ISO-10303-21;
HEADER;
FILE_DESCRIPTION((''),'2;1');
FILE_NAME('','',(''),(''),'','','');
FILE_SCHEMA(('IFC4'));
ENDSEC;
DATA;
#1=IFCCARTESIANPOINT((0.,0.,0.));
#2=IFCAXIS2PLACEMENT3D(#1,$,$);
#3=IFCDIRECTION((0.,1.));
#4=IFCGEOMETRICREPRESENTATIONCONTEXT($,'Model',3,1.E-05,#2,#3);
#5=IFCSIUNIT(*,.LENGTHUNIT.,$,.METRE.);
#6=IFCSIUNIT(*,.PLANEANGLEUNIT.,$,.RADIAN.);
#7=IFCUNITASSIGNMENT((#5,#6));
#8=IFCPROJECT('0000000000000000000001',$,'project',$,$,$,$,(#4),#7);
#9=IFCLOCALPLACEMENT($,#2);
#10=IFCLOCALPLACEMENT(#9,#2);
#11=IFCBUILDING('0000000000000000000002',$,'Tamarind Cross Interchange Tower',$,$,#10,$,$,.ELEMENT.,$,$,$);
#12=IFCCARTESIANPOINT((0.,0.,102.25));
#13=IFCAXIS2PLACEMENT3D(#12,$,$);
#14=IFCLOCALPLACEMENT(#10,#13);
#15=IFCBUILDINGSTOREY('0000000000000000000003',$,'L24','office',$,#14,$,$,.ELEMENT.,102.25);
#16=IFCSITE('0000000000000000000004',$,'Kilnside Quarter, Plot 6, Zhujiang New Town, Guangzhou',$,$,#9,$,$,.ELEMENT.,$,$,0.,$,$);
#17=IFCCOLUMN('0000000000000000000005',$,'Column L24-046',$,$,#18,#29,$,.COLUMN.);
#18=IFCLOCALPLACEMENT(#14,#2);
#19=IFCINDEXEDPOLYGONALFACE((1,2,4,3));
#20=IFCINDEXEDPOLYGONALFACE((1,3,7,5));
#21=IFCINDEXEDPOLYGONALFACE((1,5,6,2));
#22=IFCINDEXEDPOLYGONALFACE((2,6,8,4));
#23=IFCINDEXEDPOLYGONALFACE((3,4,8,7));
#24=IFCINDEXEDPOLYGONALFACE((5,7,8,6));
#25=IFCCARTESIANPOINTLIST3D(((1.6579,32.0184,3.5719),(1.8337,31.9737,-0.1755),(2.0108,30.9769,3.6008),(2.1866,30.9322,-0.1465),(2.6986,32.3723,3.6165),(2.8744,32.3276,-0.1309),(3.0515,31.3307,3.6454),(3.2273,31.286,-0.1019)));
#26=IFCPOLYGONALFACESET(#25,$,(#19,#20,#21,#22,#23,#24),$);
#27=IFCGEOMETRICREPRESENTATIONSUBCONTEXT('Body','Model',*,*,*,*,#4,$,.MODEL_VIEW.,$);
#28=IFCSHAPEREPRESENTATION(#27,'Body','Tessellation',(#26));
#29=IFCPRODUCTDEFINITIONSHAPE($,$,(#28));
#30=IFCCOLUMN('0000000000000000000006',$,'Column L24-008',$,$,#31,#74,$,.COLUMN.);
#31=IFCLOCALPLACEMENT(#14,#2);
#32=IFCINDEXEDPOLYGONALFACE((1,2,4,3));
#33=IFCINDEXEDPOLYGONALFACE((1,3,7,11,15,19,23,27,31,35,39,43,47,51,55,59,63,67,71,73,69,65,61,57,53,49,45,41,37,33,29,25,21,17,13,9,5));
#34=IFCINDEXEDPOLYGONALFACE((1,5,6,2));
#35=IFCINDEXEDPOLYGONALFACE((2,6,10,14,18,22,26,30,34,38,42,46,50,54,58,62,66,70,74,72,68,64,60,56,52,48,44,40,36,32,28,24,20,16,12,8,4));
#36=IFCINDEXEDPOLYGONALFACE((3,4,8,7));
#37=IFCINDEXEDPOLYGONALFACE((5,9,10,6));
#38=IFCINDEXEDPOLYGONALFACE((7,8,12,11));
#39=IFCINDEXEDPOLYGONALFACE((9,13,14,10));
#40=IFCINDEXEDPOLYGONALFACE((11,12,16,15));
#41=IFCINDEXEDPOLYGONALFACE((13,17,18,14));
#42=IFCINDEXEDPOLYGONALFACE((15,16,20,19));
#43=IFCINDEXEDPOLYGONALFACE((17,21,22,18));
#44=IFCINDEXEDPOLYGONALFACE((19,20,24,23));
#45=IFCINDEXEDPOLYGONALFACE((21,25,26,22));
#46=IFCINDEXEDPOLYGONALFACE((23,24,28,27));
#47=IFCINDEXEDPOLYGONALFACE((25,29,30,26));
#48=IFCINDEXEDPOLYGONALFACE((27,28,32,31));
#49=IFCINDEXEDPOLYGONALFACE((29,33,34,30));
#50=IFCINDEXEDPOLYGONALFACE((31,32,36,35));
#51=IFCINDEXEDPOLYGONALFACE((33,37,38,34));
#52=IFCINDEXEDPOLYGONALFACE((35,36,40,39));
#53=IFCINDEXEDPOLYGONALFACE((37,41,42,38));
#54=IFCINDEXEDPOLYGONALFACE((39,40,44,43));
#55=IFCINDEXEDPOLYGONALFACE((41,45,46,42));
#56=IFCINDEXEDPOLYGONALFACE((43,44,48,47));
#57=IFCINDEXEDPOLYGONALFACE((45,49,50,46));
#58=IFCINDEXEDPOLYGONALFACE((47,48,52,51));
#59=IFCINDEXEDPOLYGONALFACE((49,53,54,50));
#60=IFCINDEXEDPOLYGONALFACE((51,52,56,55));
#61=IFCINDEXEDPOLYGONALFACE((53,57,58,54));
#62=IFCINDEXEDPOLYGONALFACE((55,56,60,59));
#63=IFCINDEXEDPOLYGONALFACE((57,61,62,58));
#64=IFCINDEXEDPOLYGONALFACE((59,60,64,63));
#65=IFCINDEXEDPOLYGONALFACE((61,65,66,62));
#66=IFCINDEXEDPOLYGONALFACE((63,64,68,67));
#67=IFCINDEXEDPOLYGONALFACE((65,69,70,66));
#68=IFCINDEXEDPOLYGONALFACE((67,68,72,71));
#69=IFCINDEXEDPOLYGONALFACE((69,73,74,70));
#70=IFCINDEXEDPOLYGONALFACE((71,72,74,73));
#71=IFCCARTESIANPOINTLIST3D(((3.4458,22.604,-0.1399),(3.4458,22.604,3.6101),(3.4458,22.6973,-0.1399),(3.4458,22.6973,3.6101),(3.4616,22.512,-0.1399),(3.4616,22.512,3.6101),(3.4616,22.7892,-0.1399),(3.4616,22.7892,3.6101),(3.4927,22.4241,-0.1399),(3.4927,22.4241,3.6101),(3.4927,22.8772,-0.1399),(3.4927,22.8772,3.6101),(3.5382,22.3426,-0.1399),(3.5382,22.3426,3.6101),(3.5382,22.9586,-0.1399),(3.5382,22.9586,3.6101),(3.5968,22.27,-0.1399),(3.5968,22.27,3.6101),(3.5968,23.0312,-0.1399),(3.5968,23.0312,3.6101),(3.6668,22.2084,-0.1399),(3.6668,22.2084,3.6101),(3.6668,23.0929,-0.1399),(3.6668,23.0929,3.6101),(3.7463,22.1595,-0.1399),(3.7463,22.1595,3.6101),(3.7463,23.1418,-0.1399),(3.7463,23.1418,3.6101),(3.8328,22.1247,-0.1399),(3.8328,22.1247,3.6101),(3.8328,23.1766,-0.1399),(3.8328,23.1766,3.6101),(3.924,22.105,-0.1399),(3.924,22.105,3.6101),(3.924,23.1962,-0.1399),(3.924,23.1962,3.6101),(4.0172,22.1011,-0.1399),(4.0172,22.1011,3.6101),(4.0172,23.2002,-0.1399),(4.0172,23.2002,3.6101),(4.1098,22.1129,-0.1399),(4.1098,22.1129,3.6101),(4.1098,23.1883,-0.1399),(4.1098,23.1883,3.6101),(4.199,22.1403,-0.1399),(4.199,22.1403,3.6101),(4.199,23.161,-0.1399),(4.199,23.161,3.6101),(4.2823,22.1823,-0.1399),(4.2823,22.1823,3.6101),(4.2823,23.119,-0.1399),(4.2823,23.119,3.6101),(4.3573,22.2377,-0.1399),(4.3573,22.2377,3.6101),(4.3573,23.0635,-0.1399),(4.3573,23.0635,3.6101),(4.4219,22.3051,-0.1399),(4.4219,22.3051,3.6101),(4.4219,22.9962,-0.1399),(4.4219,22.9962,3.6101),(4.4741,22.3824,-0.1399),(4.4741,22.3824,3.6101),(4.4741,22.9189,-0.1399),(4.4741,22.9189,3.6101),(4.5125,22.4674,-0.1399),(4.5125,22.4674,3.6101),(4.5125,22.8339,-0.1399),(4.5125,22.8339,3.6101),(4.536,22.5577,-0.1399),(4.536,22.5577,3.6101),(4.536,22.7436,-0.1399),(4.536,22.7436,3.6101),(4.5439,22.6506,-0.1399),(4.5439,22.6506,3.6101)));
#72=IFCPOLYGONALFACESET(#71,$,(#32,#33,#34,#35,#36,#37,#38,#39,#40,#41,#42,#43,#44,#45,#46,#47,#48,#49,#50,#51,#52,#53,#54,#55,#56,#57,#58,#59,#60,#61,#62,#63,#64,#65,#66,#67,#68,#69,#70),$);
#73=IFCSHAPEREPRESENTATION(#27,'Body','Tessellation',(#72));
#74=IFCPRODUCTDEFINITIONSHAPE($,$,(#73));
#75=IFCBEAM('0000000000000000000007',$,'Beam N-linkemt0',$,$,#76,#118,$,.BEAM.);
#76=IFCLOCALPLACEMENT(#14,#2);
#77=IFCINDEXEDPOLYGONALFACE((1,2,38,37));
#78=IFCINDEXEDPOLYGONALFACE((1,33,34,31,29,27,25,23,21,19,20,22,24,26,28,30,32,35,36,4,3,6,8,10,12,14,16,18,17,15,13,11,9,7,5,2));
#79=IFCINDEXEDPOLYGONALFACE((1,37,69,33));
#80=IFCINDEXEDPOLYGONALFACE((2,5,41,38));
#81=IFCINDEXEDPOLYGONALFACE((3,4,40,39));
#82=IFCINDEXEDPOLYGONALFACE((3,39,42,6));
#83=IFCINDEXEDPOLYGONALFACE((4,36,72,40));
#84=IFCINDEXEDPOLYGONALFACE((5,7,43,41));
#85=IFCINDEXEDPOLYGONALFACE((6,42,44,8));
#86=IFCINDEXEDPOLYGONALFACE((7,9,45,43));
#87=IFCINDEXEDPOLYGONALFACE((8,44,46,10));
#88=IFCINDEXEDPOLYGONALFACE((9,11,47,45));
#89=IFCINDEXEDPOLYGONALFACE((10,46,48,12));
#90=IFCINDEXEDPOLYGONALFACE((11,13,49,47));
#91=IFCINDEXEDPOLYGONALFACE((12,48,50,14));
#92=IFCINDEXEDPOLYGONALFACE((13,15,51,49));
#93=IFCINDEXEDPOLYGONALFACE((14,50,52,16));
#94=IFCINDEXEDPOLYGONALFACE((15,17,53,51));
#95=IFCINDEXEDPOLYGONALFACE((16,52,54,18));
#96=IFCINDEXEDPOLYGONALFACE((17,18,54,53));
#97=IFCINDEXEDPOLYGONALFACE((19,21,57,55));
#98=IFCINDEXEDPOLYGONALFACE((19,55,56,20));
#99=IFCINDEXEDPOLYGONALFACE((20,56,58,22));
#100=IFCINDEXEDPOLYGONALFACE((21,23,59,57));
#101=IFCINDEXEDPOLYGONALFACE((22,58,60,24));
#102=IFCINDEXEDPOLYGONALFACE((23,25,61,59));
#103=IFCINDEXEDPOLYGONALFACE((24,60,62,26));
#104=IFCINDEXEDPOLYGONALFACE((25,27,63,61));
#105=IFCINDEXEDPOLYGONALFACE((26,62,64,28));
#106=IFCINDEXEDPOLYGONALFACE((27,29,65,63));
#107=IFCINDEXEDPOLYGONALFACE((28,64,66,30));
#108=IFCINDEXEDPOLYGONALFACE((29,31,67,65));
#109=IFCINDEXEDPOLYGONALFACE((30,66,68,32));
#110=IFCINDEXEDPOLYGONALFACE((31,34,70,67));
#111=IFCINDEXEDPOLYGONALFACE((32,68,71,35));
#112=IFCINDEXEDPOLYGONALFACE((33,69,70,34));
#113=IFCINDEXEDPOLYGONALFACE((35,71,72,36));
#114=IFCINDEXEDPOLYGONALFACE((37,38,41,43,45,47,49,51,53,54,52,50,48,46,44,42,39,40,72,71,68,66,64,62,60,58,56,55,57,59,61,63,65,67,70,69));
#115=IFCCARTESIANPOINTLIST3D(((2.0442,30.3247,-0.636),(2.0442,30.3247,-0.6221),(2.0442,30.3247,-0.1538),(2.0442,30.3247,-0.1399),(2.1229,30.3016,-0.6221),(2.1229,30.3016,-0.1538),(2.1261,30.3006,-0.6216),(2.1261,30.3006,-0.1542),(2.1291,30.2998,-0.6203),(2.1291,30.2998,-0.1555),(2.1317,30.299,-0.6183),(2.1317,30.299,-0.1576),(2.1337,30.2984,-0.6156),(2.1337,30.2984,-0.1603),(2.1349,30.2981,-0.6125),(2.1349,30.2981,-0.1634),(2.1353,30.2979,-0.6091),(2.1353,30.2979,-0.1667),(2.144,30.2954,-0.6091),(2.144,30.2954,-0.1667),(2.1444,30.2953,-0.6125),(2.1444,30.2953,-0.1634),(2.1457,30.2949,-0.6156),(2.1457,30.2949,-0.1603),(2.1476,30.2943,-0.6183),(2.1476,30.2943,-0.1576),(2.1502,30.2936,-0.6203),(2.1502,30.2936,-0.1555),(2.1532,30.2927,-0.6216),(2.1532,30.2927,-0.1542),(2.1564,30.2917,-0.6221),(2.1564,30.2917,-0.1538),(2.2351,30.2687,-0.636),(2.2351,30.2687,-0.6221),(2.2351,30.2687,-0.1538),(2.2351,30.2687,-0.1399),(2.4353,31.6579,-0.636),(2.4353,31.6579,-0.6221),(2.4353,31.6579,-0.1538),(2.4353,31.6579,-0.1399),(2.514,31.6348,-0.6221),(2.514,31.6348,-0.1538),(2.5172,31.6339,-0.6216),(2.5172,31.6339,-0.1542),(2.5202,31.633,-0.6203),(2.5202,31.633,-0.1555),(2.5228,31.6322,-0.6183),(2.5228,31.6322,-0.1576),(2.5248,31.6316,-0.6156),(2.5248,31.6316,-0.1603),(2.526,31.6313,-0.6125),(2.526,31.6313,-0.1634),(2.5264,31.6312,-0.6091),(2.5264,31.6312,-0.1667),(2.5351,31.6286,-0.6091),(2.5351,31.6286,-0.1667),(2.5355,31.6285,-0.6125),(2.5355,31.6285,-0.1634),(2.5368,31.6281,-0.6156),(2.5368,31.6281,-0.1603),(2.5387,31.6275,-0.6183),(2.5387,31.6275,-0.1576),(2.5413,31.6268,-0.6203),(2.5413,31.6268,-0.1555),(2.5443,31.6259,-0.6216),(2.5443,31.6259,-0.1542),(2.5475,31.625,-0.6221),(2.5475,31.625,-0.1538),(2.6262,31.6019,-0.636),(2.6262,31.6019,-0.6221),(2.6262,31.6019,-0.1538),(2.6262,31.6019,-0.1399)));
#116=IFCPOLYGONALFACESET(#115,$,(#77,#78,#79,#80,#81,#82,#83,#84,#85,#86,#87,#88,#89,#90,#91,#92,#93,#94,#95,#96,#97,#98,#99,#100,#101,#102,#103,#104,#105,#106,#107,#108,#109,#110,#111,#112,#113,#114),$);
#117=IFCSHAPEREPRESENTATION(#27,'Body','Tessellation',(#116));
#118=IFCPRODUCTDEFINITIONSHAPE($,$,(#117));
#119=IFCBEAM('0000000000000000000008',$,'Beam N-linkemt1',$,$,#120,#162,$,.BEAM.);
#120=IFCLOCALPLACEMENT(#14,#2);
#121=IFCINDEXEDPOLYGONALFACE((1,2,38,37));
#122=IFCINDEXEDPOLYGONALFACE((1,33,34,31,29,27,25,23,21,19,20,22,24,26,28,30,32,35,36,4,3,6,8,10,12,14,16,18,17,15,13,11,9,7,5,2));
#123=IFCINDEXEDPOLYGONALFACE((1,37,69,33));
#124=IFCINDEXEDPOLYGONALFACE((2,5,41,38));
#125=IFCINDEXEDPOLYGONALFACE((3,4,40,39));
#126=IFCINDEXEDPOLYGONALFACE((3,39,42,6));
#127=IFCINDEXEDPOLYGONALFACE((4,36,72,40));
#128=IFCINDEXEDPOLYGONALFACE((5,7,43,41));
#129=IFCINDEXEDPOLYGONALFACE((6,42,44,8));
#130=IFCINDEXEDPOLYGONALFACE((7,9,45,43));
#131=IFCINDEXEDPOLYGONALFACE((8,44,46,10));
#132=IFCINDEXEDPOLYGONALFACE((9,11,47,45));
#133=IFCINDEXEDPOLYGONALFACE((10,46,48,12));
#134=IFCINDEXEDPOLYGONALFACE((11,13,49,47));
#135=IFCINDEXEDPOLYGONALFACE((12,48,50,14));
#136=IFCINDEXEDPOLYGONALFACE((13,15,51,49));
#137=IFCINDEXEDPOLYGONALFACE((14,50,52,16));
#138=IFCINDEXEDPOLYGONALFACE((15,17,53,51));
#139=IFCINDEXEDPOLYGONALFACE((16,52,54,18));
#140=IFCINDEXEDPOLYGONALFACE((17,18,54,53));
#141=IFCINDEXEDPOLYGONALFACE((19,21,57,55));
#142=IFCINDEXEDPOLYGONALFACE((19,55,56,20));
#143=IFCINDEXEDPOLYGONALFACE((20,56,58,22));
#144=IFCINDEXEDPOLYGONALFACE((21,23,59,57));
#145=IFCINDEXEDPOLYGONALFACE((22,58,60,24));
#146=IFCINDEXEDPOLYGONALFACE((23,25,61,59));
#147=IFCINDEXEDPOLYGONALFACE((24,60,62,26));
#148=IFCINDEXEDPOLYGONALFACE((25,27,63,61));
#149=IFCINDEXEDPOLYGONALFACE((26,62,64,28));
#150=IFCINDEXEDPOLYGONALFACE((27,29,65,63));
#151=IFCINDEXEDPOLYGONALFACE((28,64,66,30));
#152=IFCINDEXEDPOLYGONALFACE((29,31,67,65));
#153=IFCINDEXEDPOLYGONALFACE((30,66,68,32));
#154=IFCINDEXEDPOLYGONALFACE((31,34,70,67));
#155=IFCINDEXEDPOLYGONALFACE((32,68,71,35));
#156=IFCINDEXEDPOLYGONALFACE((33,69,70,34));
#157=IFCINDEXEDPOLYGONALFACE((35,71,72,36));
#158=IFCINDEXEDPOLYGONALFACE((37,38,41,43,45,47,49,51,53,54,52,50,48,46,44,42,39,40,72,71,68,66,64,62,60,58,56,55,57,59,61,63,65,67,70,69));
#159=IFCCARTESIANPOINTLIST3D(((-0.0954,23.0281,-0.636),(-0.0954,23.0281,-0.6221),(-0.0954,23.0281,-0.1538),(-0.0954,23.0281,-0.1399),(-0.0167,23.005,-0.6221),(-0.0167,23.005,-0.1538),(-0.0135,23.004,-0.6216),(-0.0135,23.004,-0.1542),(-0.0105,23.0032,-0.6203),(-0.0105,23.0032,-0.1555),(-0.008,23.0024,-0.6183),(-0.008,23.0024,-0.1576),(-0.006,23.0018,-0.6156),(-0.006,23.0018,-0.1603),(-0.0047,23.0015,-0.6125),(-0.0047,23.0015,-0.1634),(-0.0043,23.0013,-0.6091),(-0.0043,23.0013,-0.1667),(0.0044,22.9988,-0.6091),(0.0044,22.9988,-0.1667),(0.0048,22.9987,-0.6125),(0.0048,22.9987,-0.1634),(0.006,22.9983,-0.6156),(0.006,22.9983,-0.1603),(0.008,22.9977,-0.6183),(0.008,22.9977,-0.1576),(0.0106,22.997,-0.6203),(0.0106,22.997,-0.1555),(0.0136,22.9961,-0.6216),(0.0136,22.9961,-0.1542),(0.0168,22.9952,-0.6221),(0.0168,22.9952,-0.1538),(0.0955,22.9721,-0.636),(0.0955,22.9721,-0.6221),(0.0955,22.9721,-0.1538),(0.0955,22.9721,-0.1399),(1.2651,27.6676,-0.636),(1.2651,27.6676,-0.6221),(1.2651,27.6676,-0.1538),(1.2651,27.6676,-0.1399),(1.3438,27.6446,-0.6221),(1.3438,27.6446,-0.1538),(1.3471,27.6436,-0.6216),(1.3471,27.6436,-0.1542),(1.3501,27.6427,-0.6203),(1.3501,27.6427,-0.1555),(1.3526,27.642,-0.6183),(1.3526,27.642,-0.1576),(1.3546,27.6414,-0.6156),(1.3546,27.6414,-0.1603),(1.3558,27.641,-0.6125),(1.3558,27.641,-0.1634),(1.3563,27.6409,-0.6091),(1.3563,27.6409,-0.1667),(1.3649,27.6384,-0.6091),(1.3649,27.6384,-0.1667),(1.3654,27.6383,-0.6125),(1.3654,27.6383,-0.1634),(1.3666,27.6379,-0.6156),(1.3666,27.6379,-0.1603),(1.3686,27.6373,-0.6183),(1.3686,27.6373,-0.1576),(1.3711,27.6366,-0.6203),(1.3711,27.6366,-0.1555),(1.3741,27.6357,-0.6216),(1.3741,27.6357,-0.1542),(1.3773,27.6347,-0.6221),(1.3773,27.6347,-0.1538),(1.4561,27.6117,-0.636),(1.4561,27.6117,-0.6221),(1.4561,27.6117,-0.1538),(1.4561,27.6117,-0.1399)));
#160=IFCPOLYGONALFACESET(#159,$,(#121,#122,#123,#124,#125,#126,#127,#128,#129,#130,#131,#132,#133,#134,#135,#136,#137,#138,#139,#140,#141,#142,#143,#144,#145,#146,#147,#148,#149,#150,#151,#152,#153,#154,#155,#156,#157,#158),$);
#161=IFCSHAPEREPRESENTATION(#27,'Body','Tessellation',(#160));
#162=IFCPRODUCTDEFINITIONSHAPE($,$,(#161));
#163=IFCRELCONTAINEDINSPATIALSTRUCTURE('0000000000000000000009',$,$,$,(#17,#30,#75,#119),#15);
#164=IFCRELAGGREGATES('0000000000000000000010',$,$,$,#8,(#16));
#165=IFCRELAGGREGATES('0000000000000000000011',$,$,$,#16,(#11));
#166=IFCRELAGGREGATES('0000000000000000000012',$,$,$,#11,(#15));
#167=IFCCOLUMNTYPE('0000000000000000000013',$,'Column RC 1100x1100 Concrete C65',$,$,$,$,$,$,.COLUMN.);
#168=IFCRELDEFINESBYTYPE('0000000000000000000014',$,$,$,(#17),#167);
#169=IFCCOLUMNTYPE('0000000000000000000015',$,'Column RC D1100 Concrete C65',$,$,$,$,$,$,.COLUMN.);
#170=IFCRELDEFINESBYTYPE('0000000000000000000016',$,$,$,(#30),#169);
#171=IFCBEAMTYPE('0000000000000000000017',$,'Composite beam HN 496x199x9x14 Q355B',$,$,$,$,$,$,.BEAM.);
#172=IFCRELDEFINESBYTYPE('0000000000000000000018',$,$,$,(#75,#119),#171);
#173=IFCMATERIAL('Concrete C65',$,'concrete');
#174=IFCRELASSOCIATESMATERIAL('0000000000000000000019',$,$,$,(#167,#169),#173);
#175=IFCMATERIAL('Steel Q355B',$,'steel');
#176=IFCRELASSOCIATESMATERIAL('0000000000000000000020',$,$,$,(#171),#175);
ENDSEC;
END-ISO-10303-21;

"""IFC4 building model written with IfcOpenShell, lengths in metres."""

from ifc_helpers import new_model, si_unit, direction, frame, origin, origin_2d, place, context, subcontext, project, spatial, rectangle, circle, i_section, extrude, material, material_profile, profile_set, type_object, element, save


model = new_model("IFC4")

# Units and contexts
model_context = context("Model", 3, precision=1e-05, world=origin(), true_north=direction((0.0, 1.0)))
body_context = subcontext(model_context, "Body", "Model", "MODEL_VIEW")
ifc_project = project(units=[si_unit("LENGTHUNIT", "METRE"), si_unit("PLANEANGLEUNIT", "RADIAN")], contexts=[model_context])

# Site, building, storey
site_placement = place(None, origin())
site = spatial("IfcSite", under=ifc_project, at=site_placement, Name="Kilnside Quarter, Plot 6, Zhujiang New Town, Guangzhou", CompositionType="ELEMENT", RefElevation=0.0)
building_placement = place(site_placement, origin())
building = spatial("IfcBuilding", under=site, at=building_placement, Name="Tamarind Cross Interchange Tower", CompositionType="ELEMENT")
storey_placement = place(building_placement, frame((0.0, 0.0, 102.25)))
storey = spatial("IfcBuildingStorey", under=building, at=storey_placement, Name="L24", Description="office", CompositionType="ELEMENT", Elevation=102.25)

# Columns
ifc_material_1 = material(Name="Concrete C65", Category="concrete")
ifc_material_profile_1 = material_profile(ifc_material_1, rectangle(XDim=1.1001, YDim=1.1001, at=origin_2d()), Name="RC 1100x1100")
ifc_profile_set_1 = profile_set([ifc_material_profile_1], Name="Concrete C65")
column_type_1 = type_object("IfcColumnType", Name="Column RC 1100x1100 Concrete C65", PredefinedType="COLUMN", material=ifc_profile_set_1)
column_1_placement = place(storey_placement, frame((2.5305, 31.6299, -0.1387), z_axis=(-0.046854, 0.011909, 0.998831), x_axis=(0.320778, -0.946788, 0.026335)))
element("IfcColumn", 1, at=column_1_placement, inside=storey, type_object=column_type_1, Name="Column L24-046", PredefinedType="COLUMN", context=body_context, shape_type="SweptSolid", body=[
    extrude(rectangle(XDim=1.1001, YDim=1.1001, at=origin_2d()), origin(), (0.0, 0.0, 1.0), 3.7517),
])
ifc_material_profile_2 = material_profile(ifc_material_1, circle(Radius=0.55, at=origin_2d()), Name="RC D1100")
ifc_profile_set_2 = profile_set([ifc_material_profile_2], Name="Concrete C65")
column_type_2 = type_object("IfcColumnType", Name="Column RC D1100 Concrete C65", PredefinedType="COLUMN", material=ifc_profile_set_2)
column_2_placement = place(storey_placement, frame((3.9939, 22.6506, -0.1399), z_axis=(0.0, 0.0, 1.0), x_axis=(1.0, 0.0, 0.0)))
element("IfcColumn", 2, at=column_2_placement, inside=storey, type_object=column_type_2, Name="Column L24-008", PredefinedType="COLUMN", context=body_context, shape_type="SweptSolid", body=[
    extrude(circle(Radius=0.55, at=origin_2d()), origin(), (0.0, 0.0, 1.0), 3.75),
])

# Beams
ifc_material_2 = material(Name="Steel Q355B", Category="steel")
ifc_material_profile_3 = material_profile(ifc_material_2, i_section(OverallWidth=0.199, OverallDepth=0.4961, WebThickness=0.009, FlangeThickness=0.0139, FilletRadius=0.0129, at=origin_2d()), Name="HN 496x199x9x14")
ifc_profile_set_3 = profile_set([ifc_material_profile_3], Name="Steel Q355B")
beam_type_1 = type_object("IfcBeamType", Name="Composite beam HN 496x199x9x14 Q355B", PredefinedType="BEAM", material=ifc_profile_set_3)
beam_1_placement = place(storey_placement, frame((2.5308, 31.6299, -0.3879), z_axis=(-0.281491, -0.959564, 0.0), x_axis=(0.959564, -0.281491, 0.0)))
element("IfcBeam", 3, at=beam_1_placement, inside=storey, type_object=beam_type_1, Name="Beam N-linkemt0", PredefinedType="BEAM", context=body_context, shape_type="SweptSolid", body=[
    extrude(i_section(OverallWidth=0.199, OverallDepth=0.4961, WebThickness=0.009, FlangeThickness=0.0139, FilletRadius=0.0129, at=origin_2d()), origin(), (0.0, 0.0, 1.0), 1.3894),
])
beam_2_placement = place(storey_placement, frame((1.3606, 27.6396, -0.3879), z_axis=(-0.281404, -0.95959, 0.0), x_axis=(0.95959, -0.281404, 0.0)))
element("IfcBeam", 4, at=beam_2_placement, inside=storey, type_object=beam_type_1, Name="Beam N-linkemt1", PredefinedType="BEAM", context=body_context, shape_type="SweptSolid", body=[
    extrude(i_section(OverallWidth=0.199, OverallDepth=0.4961, WebThickness=0.009, FlangeThickness=0.0139, FilletRadius=0.0129, at=origin_2d()), origin(), (0.0, 0.0, 1.0), 4.835),
])

save(model, "model.ifc")
